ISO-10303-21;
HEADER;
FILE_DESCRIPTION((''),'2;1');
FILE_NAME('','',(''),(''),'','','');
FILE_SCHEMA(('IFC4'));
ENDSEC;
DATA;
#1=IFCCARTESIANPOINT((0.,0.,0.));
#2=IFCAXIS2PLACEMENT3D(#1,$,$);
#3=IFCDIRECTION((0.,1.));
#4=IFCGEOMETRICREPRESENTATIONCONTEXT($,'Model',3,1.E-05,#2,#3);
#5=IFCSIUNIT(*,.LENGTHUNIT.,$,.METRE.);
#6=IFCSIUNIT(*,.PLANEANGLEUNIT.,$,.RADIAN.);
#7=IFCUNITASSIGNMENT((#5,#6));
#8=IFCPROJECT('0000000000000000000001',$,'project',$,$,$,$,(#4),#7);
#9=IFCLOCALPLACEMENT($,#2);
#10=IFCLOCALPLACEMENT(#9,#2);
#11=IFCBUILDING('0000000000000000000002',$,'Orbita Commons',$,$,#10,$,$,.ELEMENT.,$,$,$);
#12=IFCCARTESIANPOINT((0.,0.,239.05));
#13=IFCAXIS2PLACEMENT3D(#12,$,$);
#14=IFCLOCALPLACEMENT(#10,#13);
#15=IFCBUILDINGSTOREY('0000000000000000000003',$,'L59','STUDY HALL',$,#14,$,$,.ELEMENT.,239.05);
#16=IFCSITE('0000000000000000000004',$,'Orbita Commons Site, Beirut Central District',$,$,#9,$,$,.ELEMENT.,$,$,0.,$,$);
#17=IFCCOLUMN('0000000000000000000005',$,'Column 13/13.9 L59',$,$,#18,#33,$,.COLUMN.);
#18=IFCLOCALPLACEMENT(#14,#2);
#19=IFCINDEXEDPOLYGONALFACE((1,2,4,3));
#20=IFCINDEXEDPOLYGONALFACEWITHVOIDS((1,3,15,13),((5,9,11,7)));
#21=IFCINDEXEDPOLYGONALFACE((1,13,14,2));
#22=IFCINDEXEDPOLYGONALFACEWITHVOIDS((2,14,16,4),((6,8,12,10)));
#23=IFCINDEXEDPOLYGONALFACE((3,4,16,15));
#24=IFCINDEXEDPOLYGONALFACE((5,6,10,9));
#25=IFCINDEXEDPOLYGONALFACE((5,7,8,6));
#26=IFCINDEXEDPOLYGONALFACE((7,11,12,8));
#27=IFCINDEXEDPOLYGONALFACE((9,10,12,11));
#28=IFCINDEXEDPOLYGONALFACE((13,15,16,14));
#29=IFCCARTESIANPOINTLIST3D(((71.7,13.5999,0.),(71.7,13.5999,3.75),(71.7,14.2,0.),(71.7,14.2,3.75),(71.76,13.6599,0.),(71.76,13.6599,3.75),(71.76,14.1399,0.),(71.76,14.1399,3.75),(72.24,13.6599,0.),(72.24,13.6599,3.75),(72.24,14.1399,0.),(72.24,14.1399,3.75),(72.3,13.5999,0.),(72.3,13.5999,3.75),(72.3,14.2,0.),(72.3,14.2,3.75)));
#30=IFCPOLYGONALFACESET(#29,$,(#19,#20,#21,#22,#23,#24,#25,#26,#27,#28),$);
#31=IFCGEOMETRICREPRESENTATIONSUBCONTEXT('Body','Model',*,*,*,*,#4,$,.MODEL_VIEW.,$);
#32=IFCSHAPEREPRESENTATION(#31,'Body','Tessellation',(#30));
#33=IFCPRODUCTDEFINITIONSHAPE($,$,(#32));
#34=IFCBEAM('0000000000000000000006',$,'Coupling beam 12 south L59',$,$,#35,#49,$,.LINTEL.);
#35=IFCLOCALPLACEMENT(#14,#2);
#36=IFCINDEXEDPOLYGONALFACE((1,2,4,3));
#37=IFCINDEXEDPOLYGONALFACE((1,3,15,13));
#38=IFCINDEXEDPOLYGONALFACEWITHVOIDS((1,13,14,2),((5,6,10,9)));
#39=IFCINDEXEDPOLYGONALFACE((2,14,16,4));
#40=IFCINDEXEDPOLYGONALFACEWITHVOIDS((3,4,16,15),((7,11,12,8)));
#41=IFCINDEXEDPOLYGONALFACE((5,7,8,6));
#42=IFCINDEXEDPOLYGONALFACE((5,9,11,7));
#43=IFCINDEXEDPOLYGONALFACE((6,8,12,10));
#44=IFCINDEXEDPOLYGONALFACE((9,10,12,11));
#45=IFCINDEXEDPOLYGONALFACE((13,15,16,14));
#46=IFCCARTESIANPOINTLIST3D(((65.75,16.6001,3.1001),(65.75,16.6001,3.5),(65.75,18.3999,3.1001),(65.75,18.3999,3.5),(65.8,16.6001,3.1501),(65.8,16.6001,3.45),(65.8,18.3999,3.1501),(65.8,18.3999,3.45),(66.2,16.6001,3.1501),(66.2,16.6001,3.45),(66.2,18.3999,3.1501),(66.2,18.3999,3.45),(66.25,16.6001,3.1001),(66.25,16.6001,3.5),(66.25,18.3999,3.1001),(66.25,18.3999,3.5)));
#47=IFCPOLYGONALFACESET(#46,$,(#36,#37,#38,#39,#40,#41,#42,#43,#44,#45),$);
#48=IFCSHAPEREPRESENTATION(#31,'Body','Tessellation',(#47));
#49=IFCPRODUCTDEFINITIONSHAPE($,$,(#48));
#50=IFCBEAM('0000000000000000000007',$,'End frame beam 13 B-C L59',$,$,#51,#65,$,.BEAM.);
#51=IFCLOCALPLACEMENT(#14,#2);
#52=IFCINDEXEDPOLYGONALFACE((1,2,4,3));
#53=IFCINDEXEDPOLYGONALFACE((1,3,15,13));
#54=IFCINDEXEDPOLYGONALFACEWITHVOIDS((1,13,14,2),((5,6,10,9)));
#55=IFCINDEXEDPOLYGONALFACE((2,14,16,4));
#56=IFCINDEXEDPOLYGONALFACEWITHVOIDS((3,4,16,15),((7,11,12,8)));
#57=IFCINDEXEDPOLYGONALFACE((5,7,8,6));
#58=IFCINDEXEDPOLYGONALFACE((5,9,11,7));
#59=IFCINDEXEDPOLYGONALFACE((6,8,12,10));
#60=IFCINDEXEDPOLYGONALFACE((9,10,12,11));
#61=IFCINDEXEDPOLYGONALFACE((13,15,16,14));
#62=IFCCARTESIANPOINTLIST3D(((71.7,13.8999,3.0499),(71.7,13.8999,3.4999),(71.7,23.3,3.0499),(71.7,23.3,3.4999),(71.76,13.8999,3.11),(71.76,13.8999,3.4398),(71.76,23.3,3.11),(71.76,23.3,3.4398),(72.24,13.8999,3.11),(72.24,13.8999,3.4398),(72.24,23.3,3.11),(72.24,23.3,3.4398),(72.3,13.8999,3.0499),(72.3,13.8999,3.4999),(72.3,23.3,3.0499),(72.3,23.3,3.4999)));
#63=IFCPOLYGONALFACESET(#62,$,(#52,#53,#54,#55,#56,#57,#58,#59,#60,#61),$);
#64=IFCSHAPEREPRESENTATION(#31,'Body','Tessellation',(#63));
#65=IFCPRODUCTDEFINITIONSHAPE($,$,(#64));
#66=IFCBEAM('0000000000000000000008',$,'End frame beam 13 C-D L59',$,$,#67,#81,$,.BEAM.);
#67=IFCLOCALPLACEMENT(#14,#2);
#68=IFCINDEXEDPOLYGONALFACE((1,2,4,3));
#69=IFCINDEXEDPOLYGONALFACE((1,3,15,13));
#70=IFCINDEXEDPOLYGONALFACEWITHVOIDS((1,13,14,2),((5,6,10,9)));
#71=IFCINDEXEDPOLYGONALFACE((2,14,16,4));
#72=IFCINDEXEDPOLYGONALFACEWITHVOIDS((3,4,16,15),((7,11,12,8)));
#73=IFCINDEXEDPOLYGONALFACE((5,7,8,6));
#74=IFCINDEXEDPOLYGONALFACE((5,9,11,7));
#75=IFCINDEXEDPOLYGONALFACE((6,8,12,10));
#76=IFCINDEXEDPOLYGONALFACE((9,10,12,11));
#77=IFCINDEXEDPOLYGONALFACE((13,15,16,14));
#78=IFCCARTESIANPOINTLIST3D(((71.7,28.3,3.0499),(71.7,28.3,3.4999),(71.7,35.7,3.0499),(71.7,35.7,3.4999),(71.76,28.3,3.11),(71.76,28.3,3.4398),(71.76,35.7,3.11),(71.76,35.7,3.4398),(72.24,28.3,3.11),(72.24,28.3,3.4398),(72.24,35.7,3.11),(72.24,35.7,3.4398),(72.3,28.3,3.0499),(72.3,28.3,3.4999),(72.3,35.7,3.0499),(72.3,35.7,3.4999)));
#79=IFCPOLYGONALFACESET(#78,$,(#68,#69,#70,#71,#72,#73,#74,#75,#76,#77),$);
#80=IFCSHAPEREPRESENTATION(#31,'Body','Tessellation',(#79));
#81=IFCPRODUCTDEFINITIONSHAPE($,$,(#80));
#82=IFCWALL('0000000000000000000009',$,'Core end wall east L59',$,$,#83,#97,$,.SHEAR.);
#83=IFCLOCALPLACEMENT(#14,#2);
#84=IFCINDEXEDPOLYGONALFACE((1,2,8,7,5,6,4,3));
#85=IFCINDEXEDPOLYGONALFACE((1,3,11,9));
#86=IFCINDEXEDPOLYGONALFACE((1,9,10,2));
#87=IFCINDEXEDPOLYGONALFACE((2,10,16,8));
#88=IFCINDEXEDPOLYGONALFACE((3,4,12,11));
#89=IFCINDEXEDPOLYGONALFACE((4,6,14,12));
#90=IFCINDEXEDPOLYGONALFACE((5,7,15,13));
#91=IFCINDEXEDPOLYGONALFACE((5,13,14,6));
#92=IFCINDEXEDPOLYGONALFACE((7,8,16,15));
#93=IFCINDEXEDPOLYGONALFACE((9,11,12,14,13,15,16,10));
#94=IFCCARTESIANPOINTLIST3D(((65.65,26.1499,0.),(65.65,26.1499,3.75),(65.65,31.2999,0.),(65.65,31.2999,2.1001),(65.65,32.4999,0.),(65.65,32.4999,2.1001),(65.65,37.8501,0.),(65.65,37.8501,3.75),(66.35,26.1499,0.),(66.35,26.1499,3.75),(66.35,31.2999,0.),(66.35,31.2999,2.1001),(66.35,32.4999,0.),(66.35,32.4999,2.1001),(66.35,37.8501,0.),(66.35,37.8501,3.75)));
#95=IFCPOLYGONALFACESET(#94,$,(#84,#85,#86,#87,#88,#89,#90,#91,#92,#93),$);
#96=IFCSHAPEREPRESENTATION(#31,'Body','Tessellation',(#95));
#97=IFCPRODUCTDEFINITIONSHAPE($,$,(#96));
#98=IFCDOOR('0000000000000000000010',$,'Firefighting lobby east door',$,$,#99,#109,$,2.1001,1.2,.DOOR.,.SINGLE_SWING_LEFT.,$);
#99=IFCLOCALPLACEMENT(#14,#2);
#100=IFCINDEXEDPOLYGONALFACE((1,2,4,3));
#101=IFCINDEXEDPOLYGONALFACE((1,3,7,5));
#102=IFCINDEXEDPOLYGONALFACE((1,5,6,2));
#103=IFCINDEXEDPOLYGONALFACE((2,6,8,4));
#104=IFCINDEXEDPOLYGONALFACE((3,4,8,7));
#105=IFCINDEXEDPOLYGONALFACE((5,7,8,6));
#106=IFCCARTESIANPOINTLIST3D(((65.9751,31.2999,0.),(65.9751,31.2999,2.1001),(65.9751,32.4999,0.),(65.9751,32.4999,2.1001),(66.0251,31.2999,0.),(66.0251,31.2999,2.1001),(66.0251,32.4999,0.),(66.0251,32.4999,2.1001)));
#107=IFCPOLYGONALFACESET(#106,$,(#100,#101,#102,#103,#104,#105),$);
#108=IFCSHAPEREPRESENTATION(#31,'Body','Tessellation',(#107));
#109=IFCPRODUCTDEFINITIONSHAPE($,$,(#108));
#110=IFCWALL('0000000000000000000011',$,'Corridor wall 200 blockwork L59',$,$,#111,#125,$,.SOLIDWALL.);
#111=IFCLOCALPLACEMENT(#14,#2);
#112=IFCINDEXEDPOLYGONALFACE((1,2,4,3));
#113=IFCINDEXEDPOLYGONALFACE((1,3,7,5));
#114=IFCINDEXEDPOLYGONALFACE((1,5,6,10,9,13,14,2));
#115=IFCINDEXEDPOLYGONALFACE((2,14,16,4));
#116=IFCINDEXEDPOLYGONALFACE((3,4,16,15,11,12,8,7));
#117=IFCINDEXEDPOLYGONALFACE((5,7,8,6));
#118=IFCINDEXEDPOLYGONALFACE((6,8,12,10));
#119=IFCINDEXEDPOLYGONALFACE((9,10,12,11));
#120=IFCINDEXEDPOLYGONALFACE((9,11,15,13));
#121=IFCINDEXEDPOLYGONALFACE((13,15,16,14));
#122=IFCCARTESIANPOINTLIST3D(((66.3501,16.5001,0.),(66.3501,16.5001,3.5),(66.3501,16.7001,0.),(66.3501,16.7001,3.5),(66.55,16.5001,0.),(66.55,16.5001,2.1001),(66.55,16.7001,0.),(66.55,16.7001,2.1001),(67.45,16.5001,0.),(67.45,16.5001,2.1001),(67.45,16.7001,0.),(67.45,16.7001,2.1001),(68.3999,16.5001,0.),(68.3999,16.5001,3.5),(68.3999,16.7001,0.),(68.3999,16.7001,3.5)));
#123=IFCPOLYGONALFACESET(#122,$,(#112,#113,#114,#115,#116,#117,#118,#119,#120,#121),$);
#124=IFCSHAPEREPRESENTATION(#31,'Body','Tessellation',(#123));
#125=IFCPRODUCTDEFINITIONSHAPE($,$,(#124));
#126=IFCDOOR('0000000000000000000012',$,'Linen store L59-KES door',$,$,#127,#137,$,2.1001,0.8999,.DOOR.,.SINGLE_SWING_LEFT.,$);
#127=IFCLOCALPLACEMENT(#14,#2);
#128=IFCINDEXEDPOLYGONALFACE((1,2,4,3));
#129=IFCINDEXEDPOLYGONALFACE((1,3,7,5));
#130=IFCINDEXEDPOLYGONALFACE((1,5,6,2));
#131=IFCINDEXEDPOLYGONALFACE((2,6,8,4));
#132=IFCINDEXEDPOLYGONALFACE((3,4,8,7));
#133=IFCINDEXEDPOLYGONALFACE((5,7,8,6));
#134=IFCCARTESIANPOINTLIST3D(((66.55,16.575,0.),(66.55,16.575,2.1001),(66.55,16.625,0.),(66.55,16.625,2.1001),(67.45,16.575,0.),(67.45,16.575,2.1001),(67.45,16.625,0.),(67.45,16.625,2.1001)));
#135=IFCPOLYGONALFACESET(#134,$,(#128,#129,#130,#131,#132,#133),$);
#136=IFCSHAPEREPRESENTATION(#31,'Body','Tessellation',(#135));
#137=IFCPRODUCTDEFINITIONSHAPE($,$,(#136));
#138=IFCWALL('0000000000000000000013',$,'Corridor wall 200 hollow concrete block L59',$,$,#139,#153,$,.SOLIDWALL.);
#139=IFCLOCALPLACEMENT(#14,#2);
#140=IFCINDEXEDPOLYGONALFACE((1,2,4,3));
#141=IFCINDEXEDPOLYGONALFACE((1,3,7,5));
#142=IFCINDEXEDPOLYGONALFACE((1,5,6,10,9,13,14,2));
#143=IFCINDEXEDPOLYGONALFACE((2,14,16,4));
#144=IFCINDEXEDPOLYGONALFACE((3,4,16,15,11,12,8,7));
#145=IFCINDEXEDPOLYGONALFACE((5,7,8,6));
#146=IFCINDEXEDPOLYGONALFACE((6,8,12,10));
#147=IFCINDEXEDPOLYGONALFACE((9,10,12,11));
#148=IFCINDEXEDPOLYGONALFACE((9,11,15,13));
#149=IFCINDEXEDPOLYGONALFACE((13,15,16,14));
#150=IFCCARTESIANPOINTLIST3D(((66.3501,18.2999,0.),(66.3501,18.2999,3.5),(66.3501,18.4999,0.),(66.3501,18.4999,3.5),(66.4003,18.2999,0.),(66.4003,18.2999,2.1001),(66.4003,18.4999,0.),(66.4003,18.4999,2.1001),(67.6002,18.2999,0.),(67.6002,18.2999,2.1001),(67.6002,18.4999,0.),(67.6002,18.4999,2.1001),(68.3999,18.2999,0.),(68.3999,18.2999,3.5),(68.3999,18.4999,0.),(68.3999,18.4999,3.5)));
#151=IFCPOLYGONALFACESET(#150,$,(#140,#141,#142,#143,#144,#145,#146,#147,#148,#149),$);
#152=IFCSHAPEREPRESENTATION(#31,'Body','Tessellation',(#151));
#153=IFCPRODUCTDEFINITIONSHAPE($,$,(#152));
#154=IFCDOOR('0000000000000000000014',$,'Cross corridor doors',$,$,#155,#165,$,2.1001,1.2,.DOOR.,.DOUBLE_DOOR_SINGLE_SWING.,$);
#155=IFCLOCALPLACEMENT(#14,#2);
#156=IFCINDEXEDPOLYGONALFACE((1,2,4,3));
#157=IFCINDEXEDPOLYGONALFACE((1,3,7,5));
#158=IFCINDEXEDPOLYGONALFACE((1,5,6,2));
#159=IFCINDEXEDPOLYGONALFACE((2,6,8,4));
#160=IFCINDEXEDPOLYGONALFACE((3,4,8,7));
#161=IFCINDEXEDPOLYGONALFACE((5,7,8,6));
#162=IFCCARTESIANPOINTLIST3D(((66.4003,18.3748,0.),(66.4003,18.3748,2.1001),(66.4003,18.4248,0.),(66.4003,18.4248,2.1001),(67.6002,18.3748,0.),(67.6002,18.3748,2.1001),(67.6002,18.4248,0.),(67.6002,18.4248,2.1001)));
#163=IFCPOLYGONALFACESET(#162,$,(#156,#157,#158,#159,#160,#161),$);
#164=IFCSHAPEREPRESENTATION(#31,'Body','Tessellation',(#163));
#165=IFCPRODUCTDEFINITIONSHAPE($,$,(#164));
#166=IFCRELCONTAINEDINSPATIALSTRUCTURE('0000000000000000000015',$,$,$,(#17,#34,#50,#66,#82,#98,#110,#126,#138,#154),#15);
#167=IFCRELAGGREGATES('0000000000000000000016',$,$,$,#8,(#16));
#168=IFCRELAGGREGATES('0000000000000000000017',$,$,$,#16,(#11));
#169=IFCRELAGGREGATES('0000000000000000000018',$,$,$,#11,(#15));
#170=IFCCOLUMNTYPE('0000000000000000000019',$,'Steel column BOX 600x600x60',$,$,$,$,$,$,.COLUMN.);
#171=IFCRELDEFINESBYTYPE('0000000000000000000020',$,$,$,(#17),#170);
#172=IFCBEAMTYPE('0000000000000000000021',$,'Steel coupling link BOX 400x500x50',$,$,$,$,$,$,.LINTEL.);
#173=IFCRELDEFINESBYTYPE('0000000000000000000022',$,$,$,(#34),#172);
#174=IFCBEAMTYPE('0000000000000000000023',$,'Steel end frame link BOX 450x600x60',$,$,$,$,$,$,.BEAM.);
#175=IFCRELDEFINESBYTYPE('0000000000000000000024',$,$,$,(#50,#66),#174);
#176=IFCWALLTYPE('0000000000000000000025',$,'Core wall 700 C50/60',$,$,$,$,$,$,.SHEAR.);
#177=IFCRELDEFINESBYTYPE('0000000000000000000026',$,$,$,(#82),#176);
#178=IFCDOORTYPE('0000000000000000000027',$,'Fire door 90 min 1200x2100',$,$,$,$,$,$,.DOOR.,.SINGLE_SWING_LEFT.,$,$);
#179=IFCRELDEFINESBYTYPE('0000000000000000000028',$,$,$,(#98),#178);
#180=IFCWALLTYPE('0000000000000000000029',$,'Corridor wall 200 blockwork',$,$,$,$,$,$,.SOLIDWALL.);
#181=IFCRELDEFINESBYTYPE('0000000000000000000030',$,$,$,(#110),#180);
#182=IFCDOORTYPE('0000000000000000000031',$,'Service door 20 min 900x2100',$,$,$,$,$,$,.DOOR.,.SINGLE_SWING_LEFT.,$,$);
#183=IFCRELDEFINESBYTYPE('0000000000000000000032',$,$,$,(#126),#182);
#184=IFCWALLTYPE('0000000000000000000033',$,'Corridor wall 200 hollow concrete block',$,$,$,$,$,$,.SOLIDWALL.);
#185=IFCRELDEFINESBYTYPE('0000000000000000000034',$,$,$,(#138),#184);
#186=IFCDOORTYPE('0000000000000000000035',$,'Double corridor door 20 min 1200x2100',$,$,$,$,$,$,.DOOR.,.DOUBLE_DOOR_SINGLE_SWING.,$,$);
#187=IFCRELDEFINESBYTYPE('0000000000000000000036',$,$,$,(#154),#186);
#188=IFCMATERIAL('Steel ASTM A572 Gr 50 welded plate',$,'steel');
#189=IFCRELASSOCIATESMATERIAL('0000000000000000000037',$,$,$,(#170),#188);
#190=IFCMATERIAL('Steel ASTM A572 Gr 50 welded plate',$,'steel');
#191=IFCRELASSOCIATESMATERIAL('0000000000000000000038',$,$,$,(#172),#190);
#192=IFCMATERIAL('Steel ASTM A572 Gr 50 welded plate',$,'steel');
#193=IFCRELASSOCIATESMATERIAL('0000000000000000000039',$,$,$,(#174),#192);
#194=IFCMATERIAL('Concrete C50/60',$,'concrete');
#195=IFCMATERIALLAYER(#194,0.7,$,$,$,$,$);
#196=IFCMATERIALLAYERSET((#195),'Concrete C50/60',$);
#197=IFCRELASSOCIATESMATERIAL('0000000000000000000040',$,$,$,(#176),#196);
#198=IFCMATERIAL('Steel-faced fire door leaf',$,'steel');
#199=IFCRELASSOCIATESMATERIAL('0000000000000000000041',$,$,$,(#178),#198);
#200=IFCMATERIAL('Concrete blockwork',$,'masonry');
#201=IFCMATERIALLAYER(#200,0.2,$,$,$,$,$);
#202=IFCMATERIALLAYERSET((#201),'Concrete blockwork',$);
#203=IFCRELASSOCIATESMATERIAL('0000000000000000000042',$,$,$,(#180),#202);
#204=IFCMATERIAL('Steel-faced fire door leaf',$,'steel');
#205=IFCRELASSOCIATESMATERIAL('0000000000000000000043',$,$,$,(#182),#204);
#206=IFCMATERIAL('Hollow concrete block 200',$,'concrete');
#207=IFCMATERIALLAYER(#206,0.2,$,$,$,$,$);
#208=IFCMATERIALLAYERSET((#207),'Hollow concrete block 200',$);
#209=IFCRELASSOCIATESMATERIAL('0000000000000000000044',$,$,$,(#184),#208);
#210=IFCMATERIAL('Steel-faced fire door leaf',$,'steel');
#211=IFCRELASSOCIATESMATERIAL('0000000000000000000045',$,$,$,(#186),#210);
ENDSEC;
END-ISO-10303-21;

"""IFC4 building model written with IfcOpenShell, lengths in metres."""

from ifc_helpers import new_model, si_unit, direction, frame, frame_2d, origin, origin_2d, place, context, subcontext, project, spatial, rectangle, hollow_rectangle, extrude, material, layer, layer_set, material_profile, profile_set, type_object, element, fill, save


model = new_model("IFC4")

# Units and contexts
model_context = context("Model", 3, precision=1e-05, world=origin(), true_north=direction((0.0, 1.0)))
body_context = subcontext(model_context, "Body", "Model", "MODEL_VIEW")
ifc_project = project(units=[si_unit("LENGTHUNIT", "METRE"), si_unit("PLANEANGLEUNIT", "RADIAN")], contexts=[model_context])

# Site, building, storey
site_placement = place(None, origin())
site = spatial("IfcSite", under=ifc_project, at=site_placement, Name="Orbita Commons Site, Beirut Central District", CompositionType="ELEMENT", RefElevation=0.0)
building_placement = place(site_placement, origin())
building = spatial("IfcBuilding", under=site, at=building_placement, Name="Orbita Commons", CompositionType="ELEMENT")
storey_placement = place(building_placement, frame((0.0, 0.0, 239.05)))
storey = spatial("IfcBuildingStorey", under=building, at=storey_placement, Name="L59", Description="STUDY HALL", CompositionType="ELEMENT", Elevation=239.05)

# Column
ifc_material_1 = material(Name="Steel ASTM A572 Gr 50 welded plate", Category="steel")
ifc_material_profile_1 = material_profile(ifc_material_1, hollow_rectangle(XDim=0.6001, YDim=0.6001, WallThickness=0.0601, at=origin_2d()), Name="BOX 600x600x60")
ifc_profile_set_1 = profile_set([ifc_material_profile_1], Name="Steel ASTM A572 Gr 50 welded plate")
column_type = type_object("IfcColumnType", Name="Steel column BOX 600x600x60", PredefinedType="COLUMN", material=ifc_profile_set_1)
column_placement = place(storey_placement, frame((72.0, 13.8999, 0.0), z_axis=(0.0, 0.0, 1.0), x_axis=(1.0, 0.0, 0.0)))
element("IfcColumn", 1, at=column_placement, inside=storey, type_object=column_type, Name="Column 13/13.9 L59", PredefinedType="COLUMN", context=body_context, shape_type="SweptSolid", body=[
    extrude(hollow_rectangle(XDim=0.6001, YDim=0.6001, WallThickness=0.0601, at=origin_2d()), origin(), (0.0, 0.0, 1.0), 3.75),
])

# Beams
ifc_material_2 = material(Name="Steel ASTM A572 Gr 50 welded plate", Category="steel")
ifc_material_profile_2 = material_profile(ifc_material_2, hollow_rectangle(XDim=0.5, YDim=0.3999, WallThickness=0.05, at=origin_2d()), Name="BOX 400x500x50")
ifc_profile_set_2 = profile_set([ifc_material_profile_2], Name="Steel ASTM A572 Gr 50 welded plate")
beam_type_1 = type_object("IfcBeamType", Name="Steel coupling link BOX 400x500x50", PredefinedType="LINTEL", material=ifc_profile_set_2)
beam_1_placement = place(storey_placement, frame((66.0, 16.6001, 3.3), z_axis=(0.0, 1.0, 0.0), x_axis=(-1.0, 0.0, 0.0)))
element("IfcBeam", 2, at=beam_1_placement, inside=storey, type_object=beam_type_1, Name="Coupling beam 12 south L59", PredefinedType="LINTEL", context=body_context, shape_type="SweptSolid", body=[
    extrude(hollow_rectangle(XDim=0.5, YDim=0.3999, WallThickness=0.05, at=origin_2d()), origin(), (0.0, 0.0, 1.0), 1.7998),
])
ifc_material_3 = material(Name="Steel ASTM A572 Gr 50 welded plate", Category="steel")
ifc_material_profile_3 = material_profile(ifc_material_3, hollow_rectangle(XDim=0.6001, YDim=0.45, WallThickness=0.0601, at=origin_2d()), Name="BOX 450x600x60")
ifc_profile_set_3 = profile_set([ifc_material_profile_3], Name="Steel ASTM A572 Gr 50 welded plate")
beam_type_2 = type_object("IfcBeamType", Name="Steel end frame link BOX 450x600x60", PredefinedType="BEAM", material=ifc_profile_set_3)
beam_2_placement = place(storey_placement, frame((72.0, 13.8999, 3.2749), z_axis=(0.0, 1.0, 0.0), x_axis=(-1.0, 0.0, 0.0)))
element("IfcBeam", 3, at=beam_2_placement, inside=storey, type_object=beam_type_2, Name="End frame beam 13 B-C L59", PredefinedType="BEAM", context=body_context, shape_type="SweptSolid", body=[
    extrude(hollow_rectangle(XDim=0.6001, YDim=0.45, WallThickness=0.0601, at=origin_2d()), origin(), (0.0, 0.0, 1.0), 9.4001),
])
beam_3_placement = place(storey_placement, frame((72.0, 28.3, 3.2749), z_axis=(0.0, 1.0, 0.0), x_axis=(-1.0, 0.0, 0.0)))
element("IfcBeam", 4, at=beam_3_placement, inside=storey, type_object=beam_type_2, Name="End frame beam 13 C-D L59", PredefinedType="BEAM", context=body_context, shape_type="SweptSolid", body=[
    extrude(hollow_rectangle(XDim=0.6001, YDim=0.45, WallThickness=0.0601, at=origin_2d()), origin(), (0.0, 0.0, 1.0), 7.3999),
])

# Walls, openings, doors
ifc_material_4 = material(Name="Concrete C50/60", Category="concrete")
ifc_layer_1 = layer(ifc_material_4, 0.7)
ifc_layer_set_1 = layer_set([ifc_layer_1], Name="Concrete C50/60")
wall_type_1 = type_object("IfcWallType", Name="Core wall 700 C50/60", PredefinedType="SHEAR", material=ifc_layer_set_1)
wall_1_placement = place(storey_placement, frame((66.0, 26.1499, 0.0), z_axis=(0.0, 0.0, 1.0), x_axis=(0.0, 1.0, 0.0)))
wall_1 = element("IfcWall", 5, at=wall_1_placement, inside=storey, type_object=wall_type_1, Name="Core end wall east L59", PredefinedType="SHEAR", context=body_context, shape_type="SweptSolid", body=[
    extrude(rectangle(XDim=11.7002, YDim=0.7, at=frame_2d((5.8501, 0.0))), origin(), (0.0, 0.0, 1.0), 3.75),
])
opening_1_placement = place(wall_1_placement, frame((5.1499, 0.0, 0.0)))
opening_1 = element("IfcOpeningElement", 6, at=opening_1_placement, cuts=wall_1, PredefinedType="OPENING", context=body_context, shape_type="SweptSolid", body=[
    extrude(rectangle(XDim=1.2, YDim=2.1001, at=frame_2d((0.6001, 1.05))), frame((0.0, 0.3599, 0.0), z_axis=(0.0, -1.0, 0.0), x_axis=(1.0, 0.0, 0.0)), (0.0, 0.0, 1.0), 0.72),
])
ifc_material_5 = material(Name="Steel-faced fire door leaf", Category="steel")
door_type_1 = type_object("IfcDoorType", Name="Fire door 90 min 1200x2100", OperationType="SINGLE_SWING_LEFT", PredefinedType="DOOR", material=ifc_material_5)
door_1_placement = place(opening_1_placement, origin())
door_1 = element("IfcDoor", 7, at=door_1_placement, inside=storey, type_object=door_type_1, Name="Firefighting lobby east door", OperationType="SINGLE_SWING_LEFT", OverallHeight=2.1001, OverallWidth=1.2, PredefinedType="DOOR", context=body_context, shape_type="SweptSolid", body=[
    extrude(rectangle(XDim=1.2, YDim=2.1001, at=frame_2d((0.6001, 1.05))), frame((0.0, 0.0249, 0.0), z_axis=(0.0, -1.0, 0.0), x_axis=(1.0, 0.0, 0.0)), (0.0, 0.0, 1.0), 0.05),
])
fill(opening_1, door_1)
ifc_material_6 = material(Name="Concrete blockwork", Category="masonry")
ifc_layer_2 = layer(ifc_material_6, 0.2)
ifc_layer_set_2 = layer_set([ifc_layer_2], Name="Concrete blockwork")
wall_type_2 = type_object("IfcWallType", Name="Corridor wall 200 blockwork", PredefinedType="SOLIDWALL", material=ifc_layer_set_2)
wall_2_placement = place(storey_placement, frame((66.3501, 16.6001, 0.0), z_axis=(0.0, 0.0, 1.0), x_axis=(1.0, 0.0, 0.0)))
wall_2 = element("IfcWall", 8, at=wall_2_placement, inside=storey, type_object=wall_type_2, Name="Corridor wall 200 blockwork L59", PredefinedType="SOLIDWALL", context=body_context, shape_type="SweptSolid", body=[
    extrude(rectangle(XDim=2.0498, YDim=0.2, at=frame_2d((1.0249, 0.0))), origin(), (0.0, 0.0, 1.0), 3.5),
])
opening_2_placement = place(wall_2_placement, frame((0.2, 0.0, 0.0)))
opening_2 = element("IfcOpeningElement", 9, at=opening_2_placement, cuts=wall_2, PredefinedType="OPENING", context=body_context, shape_type="SweptSolid", body=[
    extrude(rectangle(XDim=0.8999, YDim=2.1001, at=frame_2d((0.45, 1.05))), frame((0.0, 0.1099, 0.0), z_axis=(0.0, -1.0, 0.0), x_axis=(1.0, 0.0, 0.0)), (0.0, 0.0, 1.0), 0.22),
])
ifc_material_7 = material(Name="Steel-faced fire door leaf", Category="steel")
door_type_2 = type_object("IfcDoorType", Name="Service door 20 min 900x2100", OperationType="SINGLE_SWING_LEFT", PredefinedType="DOOR", material=ifc_material_7)
door_2_placement = place(opening_2_placement, origin())
door_2 = element("IfcDoor", 10, at=door_2_placement, inside=storey, type_object=door_type_2, Name="Linen store L59-KES door", OperationType="SINGLE_SWING_LEFT", OverallHeight=2.1001, OverallWidth=0.8999, PredefinedType="DOOR", context=body_context, shape_type="SweptSolid", body=[
    extrude(rectangle(XDim=0.8999, YDim=2.1001, at=frame_2d((0.45, 1.05))), frame((0.0, 0.0249, 0.0), z_axis=(0.0, -1.0, 0.0), x_axis=(1.0, 0.0, 0.0)), (0.0, 0.0, 1.0), 0.05),
])
fill(opening_2, door_2)
ifc_material_8 = material(Name="Hollow concrete block 200", Category="concrete")
ifc_layer_3 = layer(ifc_material_8, 0.2)
ifc_layer_set_3 = layer_set([ifc_layer_3], Name="Hollow concrete block 200")
wall_type_3 = type_object("IfcWallType", Name="Corridor wall 200 hollow concrete block", PredefinedType="SOLIDWALL", material=ifc_layer_set_3)
wall_3_placement = place(storey_placement, frame((66.3501, 18.3999, 0.0), z_axis=(0.0, 0.0, 1.0), x_axis=(1.0, 0.0, 0.0)))
wall_3 = element("IfcWall", 11, at=wall_3_placement, inside=storey, type_object=wall_type_3, Name="Corridor wall 200 hollow concrete block L59", PredefinedType="SOLIDWALL", context=body_context, shape_type="SweptSolid", body=[
    extrude(rectangle(XDim=2.0498, YDim=0.2, at=frame_2d((1.0249, 0.0))), origin(), (0.0, 0.0, 1.0), 3.5),
])
opening_3_placement = place(wall_3_placement, frame((0.05, 0.0, 0.0)))
opening_3 = element("IfcOpeningElement", 12, at=opening_3_placement, cuts=wall_3, PredefinedType="OPENING", context=body_context, shape_type="SweptSolid", body=[
    extrude(rectangle(XDim=1.2, YDim=2.1001, at=frame_2d((0.6001, 1.05))), frame((0.0, 0.1099, 0.0), z_axis=(0.0, -1.0, 0.0), x_axis=(1.0, 0.0, 0.0)), (0.0, 0.0, 1.0), 0.22),
])
ifc_material_9 = material(Name="Steel-faced fire door leaf", Category="steel")
door_type_3 = type_object("IfcDoorType", Name="Double corridor door 20 min 1200x2100", OperationType="DOUBLE_DOOR_SINGLE_SWING", PredefinedType="DOOR", material=ifc_material_9)
door_3_placement = place(opening_3_placement, origin())
door_3 = element("IfcDoor", 13, at=door_3_placement, inside=storey, type_object=door_type_3, Name="Cross corridor doors", OperationType="DOUBLE_DOOR_SINGLE_SWING", OverallHeight=2.1001, OverallWidth=1.2, PredefinedType="DOOR", context=body_context, shape_type="SweptSolid", body=[
    extrude(rectangle(XDim=1.2, YDim=2.1001, at=frame_2d((0.6001, 1.05))), frame((0.0, 0.0249, 0.0), z_axis=(0.0, -1.0, 0.0), x_axis=(1.0, 0.0, 0.0)), (0.0, 0.0, 1.0), 0.05),
])
fill(opening_3, door_3)

save(model, "model.ifc")
